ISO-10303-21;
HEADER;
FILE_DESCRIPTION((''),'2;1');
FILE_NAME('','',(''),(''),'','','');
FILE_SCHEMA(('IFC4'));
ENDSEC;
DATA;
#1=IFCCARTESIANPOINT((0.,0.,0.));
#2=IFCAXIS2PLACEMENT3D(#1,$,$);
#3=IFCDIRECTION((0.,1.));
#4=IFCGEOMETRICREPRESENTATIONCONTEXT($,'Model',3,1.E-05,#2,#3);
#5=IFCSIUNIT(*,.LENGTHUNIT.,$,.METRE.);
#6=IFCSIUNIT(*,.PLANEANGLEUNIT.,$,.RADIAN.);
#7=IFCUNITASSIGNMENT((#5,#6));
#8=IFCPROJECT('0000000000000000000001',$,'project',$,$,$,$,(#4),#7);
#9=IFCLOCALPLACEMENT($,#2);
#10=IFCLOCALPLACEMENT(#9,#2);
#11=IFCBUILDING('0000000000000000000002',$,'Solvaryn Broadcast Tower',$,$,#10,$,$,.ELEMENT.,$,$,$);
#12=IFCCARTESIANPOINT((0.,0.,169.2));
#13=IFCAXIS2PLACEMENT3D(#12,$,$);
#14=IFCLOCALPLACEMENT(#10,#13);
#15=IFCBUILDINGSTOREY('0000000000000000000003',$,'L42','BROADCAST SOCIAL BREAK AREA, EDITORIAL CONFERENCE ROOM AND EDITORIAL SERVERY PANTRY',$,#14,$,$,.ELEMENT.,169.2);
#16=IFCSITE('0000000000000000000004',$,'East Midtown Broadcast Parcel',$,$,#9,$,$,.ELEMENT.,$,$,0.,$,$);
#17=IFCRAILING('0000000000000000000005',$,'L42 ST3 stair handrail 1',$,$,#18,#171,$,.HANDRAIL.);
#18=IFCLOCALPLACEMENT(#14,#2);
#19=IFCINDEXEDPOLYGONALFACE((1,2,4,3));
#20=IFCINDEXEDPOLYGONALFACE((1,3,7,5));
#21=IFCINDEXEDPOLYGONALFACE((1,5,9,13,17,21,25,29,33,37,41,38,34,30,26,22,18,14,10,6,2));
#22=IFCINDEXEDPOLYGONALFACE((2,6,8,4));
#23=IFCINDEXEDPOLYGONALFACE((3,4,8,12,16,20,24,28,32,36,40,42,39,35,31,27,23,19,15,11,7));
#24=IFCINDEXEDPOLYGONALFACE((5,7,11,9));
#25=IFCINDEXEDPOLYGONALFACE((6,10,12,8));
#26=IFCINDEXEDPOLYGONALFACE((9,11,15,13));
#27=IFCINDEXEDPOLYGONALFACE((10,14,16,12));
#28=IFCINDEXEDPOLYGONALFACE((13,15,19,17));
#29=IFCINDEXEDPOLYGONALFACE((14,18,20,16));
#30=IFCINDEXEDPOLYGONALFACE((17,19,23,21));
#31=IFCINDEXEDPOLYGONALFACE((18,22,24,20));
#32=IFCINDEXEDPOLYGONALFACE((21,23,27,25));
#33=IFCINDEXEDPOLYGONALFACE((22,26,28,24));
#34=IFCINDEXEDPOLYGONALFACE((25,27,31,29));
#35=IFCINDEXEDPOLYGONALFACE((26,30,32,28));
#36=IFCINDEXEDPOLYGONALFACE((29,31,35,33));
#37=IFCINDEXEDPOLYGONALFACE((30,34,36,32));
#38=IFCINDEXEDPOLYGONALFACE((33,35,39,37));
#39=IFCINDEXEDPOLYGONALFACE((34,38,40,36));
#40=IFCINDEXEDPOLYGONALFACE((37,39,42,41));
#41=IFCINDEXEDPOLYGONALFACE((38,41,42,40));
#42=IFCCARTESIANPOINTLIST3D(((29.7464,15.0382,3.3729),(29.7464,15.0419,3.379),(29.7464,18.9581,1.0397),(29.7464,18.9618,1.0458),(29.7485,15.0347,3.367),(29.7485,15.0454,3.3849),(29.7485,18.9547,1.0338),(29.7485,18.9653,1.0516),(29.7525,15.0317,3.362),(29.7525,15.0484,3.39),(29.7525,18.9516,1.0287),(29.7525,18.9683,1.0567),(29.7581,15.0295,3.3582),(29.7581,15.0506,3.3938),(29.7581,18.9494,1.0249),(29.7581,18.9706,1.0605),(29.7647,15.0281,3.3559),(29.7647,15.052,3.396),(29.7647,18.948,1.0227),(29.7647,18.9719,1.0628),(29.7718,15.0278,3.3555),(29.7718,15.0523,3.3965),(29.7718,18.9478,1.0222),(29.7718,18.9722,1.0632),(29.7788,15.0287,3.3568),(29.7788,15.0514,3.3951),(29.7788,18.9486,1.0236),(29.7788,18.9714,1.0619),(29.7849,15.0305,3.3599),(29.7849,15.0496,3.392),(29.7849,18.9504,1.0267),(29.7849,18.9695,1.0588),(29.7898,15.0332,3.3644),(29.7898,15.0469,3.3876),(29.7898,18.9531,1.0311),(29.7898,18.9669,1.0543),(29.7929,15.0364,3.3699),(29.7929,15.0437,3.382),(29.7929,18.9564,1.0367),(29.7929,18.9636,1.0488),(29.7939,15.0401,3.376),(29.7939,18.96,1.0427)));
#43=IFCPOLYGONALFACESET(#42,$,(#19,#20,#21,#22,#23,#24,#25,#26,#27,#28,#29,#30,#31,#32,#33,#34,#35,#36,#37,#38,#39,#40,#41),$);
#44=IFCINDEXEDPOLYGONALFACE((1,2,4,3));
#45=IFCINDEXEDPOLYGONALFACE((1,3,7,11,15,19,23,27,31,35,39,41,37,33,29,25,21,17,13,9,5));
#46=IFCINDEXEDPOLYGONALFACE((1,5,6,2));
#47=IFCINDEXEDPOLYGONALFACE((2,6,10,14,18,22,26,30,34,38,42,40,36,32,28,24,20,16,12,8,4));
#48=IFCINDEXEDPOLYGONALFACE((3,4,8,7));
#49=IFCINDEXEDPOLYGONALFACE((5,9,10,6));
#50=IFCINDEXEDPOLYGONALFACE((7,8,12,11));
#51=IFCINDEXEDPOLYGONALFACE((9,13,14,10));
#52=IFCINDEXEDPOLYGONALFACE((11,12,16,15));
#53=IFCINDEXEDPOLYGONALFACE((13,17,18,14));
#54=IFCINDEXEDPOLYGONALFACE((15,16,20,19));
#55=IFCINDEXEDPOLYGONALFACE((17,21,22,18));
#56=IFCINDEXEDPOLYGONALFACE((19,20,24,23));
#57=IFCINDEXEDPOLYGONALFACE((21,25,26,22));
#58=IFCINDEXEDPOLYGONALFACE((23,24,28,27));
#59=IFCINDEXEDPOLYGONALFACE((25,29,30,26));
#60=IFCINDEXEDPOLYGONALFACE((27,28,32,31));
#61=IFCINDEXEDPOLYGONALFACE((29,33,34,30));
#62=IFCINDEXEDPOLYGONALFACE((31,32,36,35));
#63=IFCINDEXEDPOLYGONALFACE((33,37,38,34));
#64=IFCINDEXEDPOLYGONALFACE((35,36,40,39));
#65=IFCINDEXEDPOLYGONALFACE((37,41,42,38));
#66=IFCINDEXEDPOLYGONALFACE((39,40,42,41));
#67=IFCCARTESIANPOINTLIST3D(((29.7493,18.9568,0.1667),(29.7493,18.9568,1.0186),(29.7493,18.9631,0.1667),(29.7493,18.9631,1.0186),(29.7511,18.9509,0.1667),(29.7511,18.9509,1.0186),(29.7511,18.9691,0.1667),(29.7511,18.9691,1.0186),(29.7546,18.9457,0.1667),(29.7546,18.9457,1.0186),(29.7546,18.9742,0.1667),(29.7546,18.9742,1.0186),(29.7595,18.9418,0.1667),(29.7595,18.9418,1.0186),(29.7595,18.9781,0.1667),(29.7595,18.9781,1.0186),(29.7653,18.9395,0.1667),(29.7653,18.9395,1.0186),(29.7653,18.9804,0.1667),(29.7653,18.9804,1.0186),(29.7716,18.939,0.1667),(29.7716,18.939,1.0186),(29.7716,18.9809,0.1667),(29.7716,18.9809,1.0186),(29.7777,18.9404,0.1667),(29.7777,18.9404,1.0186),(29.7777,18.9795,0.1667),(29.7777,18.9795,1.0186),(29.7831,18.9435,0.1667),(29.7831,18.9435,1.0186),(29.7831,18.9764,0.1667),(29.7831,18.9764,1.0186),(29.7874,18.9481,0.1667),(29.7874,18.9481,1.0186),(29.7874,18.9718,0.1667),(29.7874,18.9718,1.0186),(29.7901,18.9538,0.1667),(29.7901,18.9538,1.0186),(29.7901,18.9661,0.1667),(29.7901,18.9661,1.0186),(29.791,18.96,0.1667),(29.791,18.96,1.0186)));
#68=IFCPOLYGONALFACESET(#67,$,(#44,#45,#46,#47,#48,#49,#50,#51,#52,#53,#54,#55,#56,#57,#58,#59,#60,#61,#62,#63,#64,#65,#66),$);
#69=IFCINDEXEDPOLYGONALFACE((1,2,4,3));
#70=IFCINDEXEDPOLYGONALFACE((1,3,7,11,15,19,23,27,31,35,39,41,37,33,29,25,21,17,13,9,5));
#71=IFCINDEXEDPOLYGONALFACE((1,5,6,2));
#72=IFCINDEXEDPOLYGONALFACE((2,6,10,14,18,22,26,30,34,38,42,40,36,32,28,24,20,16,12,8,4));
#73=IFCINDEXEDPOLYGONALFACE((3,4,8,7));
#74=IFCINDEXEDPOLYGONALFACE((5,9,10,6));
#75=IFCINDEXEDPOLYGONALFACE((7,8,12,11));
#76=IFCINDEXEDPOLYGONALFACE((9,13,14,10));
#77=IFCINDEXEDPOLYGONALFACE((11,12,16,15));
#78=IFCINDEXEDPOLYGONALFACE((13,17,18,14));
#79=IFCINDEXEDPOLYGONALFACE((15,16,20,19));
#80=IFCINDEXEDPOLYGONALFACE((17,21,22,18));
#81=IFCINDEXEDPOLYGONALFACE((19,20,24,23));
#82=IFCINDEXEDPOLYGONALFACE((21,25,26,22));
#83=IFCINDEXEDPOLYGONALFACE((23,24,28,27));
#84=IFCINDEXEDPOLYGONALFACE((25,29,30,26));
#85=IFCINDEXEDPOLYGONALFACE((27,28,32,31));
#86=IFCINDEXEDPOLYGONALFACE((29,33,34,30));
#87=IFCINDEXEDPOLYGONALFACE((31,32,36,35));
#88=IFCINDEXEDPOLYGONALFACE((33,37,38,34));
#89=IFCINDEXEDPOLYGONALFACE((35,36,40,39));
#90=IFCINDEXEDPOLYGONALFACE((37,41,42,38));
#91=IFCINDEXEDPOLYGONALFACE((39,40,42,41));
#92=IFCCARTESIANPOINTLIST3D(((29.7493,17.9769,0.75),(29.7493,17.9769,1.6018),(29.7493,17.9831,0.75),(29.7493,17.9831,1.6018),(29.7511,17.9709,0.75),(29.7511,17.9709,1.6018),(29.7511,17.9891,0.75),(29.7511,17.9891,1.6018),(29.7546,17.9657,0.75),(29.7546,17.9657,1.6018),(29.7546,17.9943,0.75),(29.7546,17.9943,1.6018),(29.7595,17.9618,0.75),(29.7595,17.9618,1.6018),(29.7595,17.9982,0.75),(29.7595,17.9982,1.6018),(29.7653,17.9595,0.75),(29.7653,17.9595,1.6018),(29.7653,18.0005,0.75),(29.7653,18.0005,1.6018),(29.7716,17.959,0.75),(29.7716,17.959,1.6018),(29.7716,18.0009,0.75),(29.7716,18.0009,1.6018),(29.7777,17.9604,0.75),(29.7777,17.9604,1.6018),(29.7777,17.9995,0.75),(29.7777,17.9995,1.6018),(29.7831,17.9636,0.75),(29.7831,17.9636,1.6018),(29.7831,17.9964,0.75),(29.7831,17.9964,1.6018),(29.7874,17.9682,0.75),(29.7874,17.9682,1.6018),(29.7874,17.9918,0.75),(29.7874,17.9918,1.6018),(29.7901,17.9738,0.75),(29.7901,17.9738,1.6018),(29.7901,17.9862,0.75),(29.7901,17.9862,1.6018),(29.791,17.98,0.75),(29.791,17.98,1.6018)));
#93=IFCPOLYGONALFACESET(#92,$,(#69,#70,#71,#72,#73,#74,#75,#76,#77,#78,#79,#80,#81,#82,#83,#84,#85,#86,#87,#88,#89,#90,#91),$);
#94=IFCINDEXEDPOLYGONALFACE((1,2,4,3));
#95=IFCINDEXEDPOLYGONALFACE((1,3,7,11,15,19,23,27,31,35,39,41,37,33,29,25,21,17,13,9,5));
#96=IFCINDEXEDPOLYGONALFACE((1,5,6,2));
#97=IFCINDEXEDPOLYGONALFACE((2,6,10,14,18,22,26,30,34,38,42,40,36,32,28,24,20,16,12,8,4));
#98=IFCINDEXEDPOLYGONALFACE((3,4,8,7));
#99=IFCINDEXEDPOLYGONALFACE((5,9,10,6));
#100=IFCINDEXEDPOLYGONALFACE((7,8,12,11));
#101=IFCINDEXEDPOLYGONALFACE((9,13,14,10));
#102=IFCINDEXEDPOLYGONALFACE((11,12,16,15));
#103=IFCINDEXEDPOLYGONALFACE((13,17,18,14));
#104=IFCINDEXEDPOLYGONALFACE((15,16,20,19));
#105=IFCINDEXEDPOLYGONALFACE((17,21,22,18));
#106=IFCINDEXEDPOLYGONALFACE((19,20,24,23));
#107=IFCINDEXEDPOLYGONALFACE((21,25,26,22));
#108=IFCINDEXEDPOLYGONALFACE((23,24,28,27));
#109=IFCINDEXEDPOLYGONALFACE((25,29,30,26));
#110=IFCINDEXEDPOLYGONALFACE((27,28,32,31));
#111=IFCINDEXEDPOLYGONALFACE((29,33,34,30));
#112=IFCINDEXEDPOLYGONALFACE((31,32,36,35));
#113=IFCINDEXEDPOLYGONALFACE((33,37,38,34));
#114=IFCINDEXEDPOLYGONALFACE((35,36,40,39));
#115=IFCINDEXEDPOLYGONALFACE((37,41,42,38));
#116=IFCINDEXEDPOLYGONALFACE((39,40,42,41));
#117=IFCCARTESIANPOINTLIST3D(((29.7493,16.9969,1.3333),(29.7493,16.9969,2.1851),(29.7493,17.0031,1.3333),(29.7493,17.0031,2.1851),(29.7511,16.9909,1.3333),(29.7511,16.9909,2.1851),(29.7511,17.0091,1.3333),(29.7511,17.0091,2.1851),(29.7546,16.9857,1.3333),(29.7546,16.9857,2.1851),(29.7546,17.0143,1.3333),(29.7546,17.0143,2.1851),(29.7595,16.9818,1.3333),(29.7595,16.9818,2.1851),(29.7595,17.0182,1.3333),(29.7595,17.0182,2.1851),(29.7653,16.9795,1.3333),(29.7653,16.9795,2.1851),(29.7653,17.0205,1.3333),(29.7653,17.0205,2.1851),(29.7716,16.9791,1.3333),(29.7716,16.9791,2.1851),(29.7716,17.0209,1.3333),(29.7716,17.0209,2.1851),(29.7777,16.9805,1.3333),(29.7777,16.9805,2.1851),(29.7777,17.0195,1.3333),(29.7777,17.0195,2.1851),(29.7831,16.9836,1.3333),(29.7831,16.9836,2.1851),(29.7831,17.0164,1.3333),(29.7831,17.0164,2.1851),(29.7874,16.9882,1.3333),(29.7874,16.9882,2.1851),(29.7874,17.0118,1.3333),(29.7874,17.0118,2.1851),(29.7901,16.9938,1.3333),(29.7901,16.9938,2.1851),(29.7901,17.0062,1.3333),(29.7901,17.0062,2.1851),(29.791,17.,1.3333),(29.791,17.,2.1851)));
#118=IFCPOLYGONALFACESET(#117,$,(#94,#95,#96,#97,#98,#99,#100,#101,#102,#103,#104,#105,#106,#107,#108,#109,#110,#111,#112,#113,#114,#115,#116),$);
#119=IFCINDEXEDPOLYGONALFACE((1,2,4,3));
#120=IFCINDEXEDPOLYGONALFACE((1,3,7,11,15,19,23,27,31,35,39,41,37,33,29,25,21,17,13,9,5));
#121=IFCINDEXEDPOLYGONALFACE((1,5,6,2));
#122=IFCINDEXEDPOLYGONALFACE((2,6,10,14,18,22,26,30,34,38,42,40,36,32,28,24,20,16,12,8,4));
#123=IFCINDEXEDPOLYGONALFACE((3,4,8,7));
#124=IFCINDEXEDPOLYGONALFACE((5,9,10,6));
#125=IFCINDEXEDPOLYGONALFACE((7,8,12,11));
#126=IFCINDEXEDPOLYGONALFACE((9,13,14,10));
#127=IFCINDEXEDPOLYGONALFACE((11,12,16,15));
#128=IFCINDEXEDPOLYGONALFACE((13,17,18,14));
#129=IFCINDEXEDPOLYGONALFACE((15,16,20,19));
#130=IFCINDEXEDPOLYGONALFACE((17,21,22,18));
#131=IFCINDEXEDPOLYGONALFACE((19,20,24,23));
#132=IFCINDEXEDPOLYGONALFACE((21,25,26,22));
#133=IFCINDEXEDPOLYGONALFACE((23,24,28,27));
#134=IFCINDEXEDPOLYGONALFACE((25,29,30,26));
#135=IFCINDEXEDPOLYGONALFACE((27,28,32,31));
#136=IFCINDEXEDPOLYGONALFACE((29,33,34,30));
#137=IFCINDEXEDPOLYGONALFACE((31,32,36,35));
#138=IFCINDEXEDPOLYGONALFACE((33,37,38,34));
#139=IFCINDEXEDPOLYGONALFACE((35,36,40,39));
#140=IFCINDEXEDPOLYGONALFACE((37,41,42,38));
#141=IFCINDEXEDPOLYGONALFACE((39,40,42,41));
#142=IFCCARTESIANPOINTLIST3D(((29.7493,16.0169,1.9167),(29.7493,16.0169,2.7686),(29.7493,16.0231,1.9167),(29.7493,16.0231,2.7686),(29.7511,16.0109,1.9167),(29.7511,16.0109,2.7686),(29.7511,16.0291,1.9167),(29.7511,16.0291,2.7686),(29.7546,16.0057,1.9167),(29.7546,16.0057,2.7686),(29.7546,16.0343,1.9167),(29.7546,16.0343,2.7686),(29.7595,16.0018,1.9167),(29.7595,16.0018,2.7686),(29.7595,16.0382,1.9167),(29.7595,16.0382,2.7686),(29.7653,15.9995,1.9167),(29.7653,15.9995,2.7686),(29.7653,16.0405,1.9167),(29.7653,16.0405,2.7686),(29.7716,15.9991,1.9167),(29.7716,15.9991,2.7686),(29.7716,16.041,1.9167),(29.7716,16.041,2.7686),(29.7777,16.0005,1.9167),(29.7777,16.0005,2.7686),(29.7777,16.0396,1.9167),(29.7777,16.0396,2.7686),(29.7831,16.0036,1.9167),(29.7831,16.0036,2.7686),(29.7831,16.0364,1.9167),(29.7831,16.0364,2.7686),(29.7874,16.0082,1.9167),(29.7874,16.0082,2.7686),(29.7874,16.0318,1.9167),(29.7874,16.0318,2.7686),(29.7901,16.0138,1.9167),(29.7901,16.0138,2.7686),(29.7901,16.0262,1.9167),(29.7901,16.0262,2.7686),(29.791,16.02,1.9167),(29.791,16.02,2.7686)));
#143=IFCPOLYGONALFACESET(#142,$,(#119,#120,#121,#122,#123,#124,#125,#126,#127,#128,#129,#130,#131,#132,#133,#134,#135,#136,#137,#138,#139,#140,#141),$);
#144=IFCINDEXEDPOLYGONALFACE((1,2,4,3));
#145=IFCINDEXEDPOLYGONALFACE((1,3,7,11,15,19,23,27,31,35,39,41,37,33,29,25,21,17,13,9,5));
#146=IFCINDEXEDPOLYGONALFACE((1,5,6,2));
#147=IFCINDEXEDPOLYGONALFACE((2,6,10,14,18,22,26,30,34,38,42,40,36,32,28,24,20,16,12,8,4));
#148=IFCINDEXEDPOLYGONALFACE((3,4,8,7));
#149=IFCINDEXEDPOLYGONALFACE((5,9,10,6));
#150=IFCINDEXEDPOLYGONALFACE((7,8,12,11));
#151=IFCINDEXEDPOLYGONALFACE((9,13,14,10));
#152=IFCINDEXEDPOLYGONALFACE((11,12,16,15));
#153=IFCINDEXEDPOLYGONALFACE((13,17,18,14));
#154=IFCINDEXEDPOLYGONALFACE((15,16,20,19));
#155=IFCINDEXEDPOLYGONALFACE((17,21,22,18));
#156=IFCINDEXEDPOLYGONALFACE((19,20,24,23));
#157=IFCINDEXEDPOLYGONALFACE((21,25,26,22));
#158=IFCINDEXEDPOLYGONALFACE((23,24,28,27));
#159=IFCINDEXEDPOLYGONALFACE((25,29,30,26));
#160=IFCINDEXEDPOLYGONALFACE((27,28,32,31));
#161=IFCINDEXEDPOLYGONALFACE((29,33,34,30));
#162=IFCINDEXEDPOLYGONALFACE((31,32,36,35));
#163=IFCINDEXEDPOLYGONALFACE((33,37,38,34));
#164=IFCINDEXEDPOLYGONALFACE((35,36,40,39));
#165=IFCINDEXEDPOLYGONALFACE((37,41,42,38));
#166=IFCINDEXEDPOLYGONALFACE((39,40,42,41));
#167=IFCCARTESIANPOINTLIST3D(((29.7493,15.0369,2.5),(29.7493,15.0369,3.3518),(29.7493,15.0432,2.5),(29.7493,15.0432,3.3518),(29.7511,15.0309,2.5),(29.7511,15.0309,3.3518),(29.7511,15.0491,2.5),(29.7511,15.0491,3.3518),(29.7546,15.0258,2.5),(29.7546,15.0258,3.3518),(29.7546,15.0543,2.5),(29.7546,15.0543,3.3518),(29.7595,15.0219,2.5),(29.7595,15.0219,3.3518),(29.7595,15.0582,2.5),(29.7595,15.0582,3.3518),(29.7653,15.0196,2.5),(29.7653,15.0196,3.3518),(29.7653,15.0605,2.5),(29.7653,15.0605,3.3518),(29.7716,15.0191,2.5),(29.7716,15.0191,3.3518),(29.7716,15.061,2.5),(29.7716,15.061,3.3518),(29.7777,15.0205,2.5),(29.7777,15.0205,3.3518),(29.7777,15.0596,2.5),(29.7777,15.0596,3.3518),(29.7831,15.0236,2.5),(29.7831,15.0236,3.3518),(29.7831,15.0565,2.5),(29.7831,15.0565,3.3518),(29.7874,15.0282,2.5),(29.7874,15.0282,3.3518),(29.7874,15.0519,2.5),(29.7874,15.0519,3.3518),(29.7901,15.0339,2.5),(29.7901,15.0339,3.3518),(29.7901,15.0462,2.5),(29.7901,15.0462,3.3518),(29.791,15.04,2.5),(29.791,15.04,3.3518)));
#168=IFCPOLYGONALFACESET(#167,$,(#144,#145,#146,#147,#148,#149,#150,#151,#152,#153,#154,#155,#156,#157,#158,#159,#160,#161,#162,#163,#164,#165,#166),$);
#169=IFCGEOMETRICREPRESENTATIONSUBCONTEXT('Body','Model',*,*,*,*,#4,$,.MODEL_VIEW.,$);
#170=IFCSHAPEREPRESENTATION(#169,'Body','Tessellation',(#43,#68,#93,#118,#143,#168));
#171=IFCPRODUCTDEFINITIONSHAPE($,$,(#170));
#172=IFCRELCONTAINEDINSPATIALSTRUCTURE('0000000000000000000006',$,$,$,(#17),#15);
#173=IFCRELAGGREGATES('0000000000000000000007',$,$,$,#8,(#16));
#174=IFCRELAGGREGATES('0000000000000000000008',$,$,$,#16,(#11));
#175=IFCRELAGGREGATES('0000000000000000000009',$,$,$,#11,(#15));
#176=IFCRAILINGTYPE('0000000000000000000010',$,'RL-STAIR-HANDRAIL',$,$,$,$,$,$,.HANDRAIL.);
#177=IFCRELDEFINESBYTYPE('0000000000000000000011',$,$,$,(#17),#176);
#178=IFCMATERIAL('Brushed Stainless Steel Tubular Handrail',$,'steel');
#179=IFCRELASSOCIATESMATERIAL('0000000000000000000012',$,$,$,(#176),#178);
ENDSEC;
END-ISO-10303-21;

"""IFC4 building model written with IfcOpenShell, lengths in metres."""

from ifc_helpers import new_model, si_unit, direction, frame, origin, origin_2d, place, context, subcontext, project, spatial, circle, extrude, material, type_object, element, save


model = new_model("IFC4")

# Units and contexts
model_context = context("Model", 3, precision=1e-05, world=origin(), true_north=direction((0.0, 1.0)))
body_context = subcontext(model_context, "Body", "Model", "MODEL_VIEW")
ifc_project = project(units=[si_unit("LENGTHUNIT", "METRE"), si_unit("PLANEANGLEUNIT", "RADIAN")], contexts=[model_context])

# Site, building, storey
site_placement = place(None, origin())
site = spatial("IfcSite", under=ifc_project, at=site_placement, Name="East Midtown Broadcast Parcel", CompositionType="ELEMENT", RefElevation=0.0)
building_placement = place(site_placement, origin())
building = spatial("IfcBuilding", under=site, at=building_placement, Name="Solvaryn Broadcast Tower", CompositionType="ELEMENT")
storey_placement = place(building_placement, frame((0.0, 0.0, 169.2)))
storey = spatial("IfcBuildingStorey", under=building, at=storey_placement, Name="L42", Description="BROADCAST SOCIAL BREAK AREA, EDITORIAL CONFERENCE ROOM AND EDITORIAL SERVERY PANTRY", CompositionType="ELEMENT", Elevation=169.2)

# Railing
ifc_material_1 = material(Name="Brushed Stainless Steel Tubular Handrail", Category="steel")
railing_type_1 = type_object("IfcRailingType", Name="RL-STAIR-HANDRAIL", PredefinedType="HANDRAIL", material=ifc_material_1)
railing_1_placement = place(storey_placement, frame((29.77, 18.96, 0.1667)))
element("IfcRailing", 1, at=railing_1_placement, inside=storey, type_object=railing_type_1, Name="L42 ST3 stair handrail 1", PredefinedType="HANDRAIL", context=body_context, shape_type="SweptSolid", body=[
    extrude(circle(Radius=0.0239, at=origin_2d()), frame((0.0, 0.0, 0.876), z_axis=(0.0, -0.859296, 0.511478), x_axis=(1.0, 0.0, 0.0)), (0.0, 0.0, 1.0), 4.5618),
    extrude(circle(Radius=0.021, at=origin_2d()), origin(), (0.0, 0.0, 1.0), 0.8518),
    extrude(circle(Radius=0.021, at=origin_2d()), frame((0.0, -0.98, 0.5833)), (0.0, 0.0, 1.0), 0.8518),
    extrude(circle(Radius=0.021, at=origin_2d()), frame((0.0, -1.96, 1.1665)), (0.0, 0.0, 1.0), 0.8518),
    extrude(circle(Radius=0.021, at=origin_2d()), frame((0.0, -2.9399, 1.75)), (0.0, 0.0, 1.0), 0.8518),
    extrude(circle(Radius=0.021, at=origin_2d()), frame((0.0, -3.9199, 2.3333)), (0.0, 0.0, 1.0), 0.8518),
])

save(model, "model.ifc")
